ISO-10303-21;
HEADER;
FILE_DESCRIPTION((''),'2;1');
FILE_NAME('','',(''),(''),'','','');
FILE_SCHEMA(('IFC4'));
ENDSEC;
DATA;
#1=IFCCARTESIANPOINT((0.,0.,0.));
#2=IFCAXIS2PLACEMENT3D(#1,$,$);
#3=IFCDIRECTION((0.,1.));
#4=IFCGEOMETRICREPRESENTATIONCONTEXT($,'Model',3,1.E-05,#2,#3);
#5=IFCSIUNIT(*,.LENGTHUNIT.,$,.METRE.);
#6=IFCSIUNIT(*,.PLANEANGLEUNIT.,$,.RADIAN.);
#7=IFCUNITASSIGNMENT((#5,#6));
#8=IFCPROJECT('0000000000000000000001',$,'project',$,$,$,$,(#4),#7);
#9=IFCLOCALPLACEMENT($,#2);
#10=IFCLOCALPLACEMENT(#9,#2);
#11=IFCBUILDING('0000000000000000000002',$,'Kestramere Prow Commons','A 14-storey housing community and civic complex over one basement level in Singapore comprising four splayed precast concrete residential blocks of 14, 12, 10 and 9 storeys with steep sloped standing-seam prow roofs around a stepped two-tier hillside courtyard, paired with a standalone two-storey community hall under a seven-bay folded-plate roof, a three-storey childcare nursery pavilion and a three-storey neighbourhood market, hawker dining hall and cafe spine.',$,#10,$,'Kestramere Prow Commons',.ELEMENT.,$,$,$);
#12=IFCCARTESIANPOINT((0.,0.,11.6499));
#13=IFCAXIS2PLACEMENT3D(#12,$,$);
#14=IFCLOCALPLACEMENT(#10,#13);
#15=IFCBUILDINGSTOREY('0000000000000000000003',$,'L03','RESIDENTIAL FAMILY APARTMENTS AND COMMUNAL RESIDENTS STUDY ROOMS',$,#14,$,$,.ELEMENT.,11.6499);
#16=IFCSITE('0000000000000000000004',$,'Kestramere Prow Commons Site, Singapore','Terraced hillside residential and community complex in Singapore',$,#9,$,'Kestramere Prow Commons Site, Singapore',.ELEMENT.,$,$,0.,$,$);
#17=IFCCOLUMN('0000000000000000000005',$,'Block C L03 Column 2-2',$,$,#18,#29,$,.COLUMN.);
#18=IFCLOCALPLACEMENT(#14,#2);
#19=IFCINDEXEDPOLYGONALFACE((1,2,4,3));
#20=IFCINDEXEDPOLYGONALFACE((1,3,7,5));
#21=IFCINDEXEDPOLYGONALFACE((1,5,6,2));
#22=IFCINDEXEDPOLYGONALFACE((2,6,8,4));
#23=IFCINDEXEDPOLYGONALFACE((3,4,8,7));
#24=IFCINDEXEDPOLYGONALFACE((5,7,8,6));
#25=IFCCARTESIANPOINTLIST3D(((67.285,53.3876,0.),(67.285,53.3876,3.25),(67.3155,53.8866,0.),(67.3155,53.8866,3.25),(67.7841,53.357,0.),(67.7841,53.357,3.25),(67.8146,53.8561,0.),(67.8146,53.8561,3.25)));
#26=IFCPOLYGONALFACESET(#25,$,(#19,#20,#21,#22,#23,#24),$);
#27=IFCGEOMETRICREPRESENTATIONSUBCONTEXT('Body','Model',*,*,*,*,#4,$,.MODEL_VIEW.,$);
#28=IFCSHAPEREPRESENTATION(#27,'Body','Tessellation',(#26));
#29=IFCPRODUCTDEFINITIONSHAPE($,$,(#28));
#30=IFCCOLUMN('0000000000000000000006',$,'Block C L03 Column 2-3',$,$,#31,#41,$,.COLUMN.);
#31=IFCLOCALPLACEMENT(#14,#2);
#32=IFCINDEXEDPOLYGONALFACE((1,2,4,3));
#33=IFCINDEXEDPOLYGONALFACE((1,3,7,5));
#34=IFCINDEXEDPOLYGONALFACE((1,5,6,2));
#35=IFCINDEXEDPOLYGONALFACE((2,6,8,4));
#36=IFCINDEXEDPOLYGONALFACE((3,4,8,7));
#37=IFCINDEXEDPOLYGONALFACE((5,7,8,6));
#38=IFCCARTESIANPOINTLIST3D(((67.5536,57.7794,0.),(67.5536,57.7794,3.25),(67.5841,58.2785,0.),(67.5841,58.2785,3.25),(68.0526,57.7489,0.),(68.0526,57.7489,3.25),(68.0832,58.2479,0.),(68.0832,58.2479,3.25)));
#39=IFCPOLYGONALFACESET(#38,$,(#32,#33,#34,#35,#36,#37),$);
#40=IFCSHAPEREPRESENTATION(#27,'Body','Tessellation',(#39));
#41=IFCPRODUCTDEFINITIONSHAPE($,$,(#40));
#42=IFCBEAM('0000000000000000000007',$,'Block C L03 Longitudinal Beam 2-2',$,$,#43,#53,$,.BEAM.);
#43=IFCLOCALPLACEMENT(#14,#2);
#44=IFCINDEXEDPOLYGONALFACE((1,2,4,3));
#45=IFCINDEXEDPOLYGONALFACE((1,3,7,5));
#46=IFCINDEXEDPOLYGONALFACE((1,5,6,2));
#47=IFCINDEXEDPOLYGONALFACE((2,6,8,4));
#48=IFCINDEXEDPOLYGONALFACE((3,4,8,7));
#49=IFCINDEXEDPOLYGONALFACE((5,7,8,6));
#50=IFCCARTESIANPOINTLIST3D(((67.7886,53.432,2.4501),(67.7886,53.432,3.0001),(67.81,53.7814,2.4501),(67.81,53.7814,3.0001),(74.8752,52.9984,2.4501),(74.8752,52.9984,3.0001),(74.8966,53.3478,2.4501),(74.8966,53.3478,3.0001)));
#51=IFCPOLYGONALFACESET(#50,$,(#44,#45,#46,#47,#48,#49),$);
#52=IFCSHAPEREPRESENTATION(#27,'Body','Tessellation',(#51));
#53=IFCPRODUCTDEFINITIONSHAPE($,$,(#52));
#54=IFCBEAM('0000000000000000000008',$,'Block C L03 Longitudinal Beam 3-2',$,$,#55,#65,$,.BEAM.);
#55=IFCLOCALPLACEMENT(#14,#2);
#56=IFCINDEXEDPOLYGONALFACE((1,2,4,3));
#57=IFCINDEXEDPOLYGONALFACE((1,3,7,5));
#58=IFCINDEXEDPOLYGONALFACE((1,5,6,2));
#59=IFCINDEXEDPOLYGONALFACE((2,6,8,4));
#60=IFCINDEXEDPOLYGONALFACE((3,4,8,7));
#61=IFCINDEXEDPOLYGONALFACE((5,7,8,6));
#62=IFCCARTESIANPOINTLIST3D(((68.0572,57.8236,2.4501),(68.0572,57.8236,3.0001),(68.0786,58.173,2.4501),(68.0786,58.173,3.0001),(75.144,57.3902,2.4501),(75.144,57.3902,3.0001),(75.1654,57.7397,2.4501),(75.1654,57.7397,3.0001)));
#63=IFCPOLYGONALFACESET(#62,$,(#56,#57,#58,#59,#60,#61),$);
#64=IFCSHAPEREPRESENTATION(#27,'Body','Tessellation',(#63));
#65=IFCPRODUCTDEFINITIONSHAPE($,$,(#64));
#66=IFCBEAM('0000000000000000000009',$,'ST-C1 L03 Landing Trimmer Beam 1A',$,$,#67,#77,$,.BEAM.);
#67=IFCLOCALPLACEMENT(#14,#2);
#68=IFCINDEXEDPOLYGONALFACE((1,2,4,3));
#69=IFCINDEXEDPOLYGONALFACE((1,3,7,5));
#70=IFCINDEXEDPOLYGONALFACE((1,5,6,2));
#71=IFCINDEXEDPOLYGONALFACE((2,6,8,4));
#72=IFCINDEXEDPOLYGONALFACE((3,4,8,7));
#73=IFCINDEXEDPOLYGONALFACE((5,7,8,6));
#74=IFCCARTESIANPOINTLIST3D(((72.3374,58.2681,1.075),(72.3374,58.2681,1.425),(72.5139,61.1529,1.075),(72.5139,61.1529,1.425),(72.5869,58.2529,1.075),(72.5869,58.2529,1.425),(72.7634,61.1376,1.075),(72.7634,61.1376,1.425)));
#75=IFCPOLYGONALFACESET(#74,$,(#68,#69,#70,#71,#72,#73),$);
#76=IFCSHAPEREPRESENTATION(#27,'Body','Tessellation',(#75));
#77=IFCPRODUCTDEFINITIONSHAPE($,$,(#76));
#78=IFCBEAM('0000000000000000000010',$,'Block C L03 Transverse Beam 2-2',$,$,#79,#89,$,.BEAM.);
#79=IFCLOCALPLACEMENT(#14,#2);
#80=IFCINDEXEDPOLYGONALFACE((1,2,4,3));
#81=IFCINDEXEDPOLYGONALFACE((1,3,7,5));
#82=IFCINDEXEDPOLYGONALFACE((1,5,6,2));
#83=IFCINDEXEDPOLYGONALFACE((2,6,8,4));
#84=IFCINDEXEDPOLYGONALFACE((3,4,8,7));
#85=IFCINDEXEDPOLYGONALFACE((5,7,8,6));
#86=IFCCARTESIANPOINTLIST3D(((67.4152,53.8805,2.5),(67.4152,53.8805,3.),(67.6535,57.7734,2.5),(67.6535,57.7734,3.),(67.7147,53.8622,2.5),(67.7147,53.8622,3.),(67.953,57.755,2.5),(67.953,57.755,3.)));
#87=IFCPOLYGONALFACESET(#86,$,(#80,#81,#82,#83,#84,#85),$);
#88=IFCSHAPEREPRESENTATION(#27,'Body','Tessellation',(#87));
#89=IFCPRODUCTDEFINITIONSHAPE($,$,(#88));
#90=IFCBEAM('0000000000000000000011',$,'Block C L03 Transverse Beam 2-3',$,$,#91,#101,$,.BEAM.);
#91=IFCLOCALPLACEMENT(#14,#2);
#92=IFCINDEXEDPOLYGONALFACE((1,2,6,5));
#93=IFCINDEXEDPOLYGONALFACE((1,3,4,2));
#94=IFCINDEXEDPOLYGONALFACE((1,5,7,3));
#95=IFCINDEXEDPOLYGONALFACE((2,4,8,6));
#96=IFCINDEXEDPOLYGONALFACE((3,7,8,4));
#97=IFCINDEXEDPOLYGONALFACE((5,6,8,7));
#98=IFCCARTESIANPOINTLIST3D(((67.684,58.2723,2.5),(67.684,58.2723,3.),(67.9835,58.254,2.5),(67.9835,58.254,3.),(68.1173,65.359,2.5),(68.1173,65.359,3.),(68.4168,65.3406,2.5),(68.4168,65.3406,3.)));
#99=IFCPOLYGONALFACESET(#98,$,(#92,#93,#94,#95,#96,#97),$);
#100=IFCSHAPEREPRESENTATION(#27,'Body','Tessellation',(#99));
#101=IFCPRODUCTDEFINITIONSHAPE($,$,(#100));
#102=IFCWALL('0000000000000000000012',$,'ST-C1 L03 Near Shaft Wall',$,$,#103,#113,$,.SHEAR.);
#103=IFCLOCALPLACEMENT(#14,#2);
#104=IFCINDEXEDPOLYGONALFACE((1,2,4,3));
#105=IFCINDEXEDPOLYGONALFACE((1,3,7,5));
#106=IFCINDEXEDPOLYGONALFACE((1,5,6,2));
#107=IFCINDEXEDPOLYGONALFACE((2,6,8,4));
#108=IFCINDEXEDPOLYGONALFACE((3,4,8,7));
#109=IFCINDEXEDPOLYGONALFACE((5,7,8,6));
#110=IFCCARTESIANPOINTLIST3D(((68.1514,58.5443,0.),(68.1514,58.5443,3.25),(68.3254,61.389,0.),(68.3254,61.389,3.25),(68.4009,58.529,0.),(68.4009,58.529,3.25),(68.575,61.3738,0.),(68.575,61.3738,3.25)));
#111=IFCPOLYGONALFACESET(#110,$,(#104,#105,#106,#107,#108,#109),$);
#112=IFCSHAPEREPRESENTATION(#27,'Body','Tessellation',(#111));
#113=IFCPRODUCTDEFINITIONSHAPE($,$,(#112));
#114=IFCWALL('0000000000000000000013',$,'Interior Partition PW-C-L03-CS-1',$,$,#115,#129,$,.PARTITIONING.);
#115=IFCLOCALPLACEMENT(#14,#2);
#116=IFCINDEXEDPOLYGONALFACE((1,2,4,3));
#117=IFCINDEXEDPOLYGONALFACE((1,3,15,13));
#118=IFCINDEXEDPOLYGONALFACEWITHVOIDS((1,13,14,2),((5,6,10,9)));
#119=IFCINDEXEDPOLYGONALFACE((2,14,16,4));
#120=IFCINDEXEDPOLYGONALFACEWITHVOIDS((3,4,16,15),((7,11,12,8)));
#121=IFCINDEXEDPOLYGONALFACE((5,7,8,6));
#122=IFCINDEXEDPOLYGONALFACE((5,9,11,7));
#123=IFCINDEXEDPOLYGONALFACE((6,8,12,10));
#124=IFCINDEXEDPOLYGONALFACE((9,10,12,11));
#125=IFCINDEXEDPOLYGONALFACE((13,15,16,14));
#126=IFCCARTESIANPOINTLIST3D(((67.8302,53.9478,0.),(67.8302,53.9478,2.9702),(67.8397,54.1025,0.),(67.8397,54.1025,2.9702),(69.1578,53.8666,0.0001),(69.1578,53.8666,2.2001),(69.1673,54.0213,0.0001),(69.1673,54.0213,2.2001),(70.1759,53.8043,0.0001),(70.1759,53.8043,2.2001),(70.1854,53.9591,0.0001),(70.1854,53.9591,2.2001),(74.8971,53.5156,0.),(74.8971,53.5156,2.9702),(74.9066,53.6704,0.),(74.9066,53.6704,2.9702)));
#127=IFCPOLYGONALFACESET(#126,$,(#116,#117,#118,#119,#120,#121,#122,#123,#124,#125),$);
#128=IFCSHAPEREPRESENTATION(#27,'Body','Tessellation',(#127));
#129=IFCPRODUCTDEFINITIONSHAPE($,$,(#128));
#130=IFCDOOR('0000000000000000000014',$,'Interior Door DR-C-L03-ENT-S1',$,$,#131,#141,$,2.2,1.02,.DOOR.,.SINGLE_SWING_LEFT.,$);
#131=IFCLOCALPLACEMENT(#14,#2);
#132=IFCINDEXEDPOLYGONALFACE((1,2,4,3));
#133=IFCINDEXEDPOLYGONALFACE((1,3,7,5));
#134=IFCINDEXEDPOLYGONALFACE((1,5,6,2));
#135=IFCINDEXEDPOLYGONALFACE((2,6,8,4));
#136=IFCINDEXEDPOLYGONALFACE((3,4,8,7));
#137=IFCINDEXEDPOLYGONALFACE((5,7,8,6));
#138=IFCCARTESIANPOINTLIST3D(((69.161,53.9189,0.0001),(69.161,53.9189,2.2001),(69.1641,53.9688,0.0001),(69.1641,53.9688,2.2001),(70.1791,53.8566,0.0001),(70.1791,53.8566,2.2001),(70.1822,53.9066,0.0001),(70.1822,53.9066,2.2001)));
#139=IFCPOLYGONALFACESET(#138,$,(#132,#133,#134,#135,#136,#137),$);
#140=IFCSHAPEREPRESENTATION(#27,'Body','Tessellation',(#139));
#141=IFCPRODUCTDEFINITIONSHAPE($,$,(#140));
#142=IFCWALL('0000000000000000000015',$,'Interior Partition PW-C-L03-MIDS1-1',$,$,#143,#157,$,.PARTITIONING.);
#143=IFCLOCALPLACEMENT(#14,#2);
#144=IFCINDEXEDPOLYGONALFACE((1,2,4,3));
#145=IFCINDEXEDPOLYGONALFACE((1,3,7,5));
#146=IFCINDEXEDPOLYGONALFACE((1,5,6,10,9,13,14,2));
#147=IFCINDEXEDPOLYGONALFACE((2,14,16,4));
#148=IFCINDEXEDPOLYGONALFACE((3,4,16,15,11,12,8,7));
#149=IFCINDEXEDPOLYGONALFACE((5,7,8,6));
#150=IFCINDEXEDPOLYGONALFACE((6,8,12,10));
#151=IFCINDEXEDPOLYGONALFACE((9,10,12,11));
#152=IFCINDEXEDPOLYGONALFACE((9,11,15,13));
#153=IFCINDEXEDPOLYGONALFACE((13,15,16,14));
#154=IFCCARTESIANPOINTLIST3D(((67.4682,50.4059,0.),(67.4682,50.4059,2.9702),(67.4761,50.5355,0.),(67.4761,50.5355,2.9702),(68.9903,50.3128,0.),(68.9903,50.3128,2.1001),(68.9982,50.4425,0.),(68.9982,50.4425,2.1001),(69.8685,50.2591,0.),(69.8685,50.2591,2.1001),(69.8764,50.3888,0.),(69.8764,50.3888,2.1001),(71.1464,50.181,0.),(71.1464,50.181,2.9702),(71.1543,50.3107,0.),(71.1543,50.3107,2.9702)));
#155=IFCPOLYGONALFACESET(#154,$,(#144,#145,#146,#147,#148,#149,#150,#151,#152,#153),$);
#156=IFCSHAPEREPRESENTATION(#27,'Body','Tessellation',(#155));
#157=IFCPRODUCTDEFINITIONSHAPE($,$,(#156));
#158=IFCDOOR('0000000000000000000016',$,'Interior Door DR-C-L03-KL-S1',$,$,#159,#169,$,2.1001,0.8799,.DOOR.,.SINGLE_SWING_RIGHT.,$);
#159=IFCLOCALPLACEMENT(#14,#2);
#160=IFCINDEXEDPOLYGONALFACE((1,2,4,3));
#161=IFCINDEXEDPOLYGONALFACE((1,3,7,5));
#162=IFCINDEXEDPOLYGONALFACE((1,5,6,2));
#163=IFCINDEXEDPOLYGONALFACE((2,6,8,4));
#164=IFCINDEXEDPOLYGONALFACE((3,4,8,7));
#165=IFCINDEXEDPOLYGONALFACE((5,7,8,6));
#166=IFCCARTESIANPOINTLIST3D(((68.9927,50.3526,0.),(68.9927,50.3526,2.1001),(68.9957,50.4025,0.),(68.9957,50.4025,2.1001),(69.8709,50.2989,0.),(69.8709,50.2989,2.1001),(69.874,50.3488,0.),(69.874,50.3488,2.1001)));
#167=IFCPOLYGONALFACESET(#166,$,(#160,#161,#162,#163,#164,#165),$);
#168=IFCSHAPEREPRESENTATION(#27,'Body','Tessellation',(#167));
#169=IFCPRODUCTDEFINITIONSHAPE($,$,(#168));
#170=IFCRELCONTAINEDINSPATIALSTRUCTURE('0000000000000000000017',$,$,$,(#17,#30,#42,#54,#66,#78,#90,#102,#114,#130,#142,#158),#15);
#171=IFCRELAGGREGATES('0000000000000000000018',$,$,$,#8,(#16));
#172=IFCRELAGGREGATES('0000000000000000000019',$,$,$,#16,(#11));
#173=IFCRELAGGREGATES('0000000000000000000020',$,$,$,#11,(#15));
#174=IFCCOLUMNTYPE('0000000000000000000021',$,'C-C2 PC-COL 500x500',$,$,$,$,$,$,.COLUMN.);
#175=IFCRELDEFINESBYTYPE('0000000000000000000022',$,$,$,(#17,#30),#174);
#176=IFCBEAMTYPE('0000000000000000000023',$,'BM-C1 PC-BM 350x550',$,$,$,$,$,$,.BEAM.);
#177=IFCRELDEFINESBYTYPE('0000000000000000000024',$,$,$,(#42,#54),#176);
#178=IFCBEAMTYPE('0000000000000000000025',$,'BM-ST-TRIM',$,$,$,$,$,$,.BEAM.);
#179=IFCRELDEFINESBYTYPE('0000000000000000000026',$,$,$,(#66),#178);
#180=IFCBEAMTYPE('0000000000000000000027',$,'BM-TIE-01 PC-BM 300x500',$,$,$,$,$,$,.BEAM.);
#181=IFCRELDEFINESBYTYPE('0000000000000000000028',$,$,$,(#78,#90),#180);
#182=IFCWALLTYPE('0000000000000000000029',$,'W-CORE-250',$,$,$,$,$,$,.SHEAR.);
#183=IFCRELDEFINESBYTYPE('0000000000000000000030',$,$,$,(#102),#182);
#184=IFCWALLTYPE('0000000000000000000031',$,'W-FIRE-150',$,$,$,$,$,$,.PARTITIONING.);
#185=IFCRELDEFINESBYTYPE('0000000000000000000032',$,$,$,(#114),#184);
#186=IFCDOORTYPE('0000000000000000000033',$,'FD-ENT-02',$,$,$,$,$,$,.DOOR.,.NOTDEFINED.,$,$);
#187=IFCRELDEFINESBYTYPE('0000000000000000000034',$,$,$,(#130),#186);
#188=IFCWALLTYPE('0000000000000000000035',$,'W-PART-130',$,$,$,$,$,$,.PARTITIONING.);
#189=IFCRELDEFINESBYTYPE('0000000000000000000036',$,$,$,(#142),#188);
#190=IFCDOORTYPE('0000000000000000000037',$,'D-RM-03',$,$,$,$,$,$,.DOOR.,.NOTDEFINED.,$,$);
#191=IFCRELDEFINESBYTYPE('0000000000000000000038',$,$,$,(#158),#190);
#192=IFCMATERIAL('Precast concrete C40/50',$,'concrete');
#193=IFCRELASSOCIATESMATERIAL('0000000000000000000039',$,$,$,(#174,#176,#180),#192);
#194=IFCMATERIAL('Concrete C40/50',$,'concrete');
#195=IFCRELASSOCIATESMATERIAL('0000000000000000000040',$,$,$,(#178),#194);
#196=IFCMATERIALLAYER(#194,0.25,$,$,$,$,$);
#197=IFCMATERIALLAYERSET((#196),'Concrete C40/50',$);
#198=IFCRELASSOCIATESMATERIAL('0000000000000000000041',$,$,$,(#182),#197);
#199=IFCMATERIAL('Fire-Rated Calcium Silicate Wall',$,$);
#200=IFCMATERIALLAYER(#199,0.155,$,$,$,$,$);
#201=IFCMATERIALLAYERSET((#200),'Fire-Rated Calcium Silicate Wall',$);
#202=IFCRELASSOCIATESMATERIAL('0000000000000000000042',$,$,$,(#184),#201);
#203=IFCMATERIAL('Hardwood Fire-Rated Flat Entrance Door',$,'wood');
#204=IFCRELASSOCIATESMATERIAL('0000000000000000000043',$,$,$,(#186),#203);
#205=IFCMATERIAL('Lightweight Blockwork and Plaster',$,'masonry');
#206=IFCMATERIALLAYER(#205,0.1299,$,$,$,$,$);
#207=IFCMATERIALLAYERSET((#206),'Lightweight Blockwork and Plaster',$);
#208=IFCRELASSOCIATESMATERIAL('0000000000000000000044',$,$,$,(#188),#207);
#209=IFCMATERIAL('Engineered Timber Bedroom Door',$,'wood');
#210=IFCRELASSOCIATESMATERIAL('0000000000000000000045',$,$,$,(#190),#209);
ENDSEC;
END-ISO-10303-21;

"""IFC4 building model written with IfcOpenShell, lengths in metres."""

from ifc_helpers import new_model, si_unit, direction, frame, frame_2d, origin, origin_2d, place, context, subcontext, project, spatial, rectangle, extrude, material, layer, layer_set, material_profile, profile_set, type_object, element, fill, save


model = new_model("IFC4")

# Units and contexts
model_context = context("Model", 3, precision=1e-05, world=origin(), true_north=direction((0.0, 1.0)))
body_context = subcontext(model_context, "Body", "Model", "MODEL_VIEW")
ifc_project = project(units=[si_unit("LENGTHUNIT", "METRE"), si_unit("PLANEANGLEUNIT", "RADIAN")], contexts=[model_context])

# Site, building, storey
site_placement = place(None, origin())
site = spatial("IfcSite", under=ifc_project, at=site_placement, Name="Kestramere Prow Commons Site, Singapore", Description="Terraced hillside residential and community complex in Singapore", LongName="Kestramere Prow Commons Site, Singapore", CompositionType="ELEMENT", RefElevation=0.0)
building_placement = place(site_placement, origin())
building = spatial("IfcBuilding", under=site, at=building_placement, Name="Kestramere Prow Commons", Description="A 14-storey housing community and civic complex over one basement level in Singapore comprising four splayed precast concrete residential blocks of 14, 12, 10 and 9 storeys with steep sloped standing-seam prow roofs around a stepped two-tier hillside courtyard, paired with a standalone two-storey community hall under a seven-bay folded-plate roof, a three-storey childcare nursery pavilion and a three-storey neighbourhood market, hawker dining hall and cafe spine.", LongName="Kestramere Prow Commons", CompositionType="ELEMENT")
storey_placement = place(building_placement, frame((0.0, 0.0, 11.6499)))
storey = spatial("IfcBuildingStorey", under=building, at=storey_placement, Name="L03", Description="RESIDENTIAL FAMILY APARTMENTS AND COMMUNAL RESIDENTS STUDY ROOMS", CompositionType="ELEMENT", Elevation=11.6499)

# Columns
ifc_material_1 = material(Name="Precast concrete C40/50", Category="concrete")
ifc_material_profile_1 = material_profile(ifc_material_1, rectangle(XDim=0.5, YDim=0.5, at=origin_2d()), Name="PC-COL 500x500")
ifc_profile_set_1 = profile_set([ifc_material_profile_1], Name="Precast concrete C40/50")
column_type = type_object("IfcColumnType", Name="C-C2 PC-COL 500x500", PredefinedType="COLUMN", material=ifc_profile_set_1)
for number, where, z_axis, x_axis, name in (
    (1, (67.5498, 53.6218, 0.0), (0.0, 0.0, 1.0), (0.998135, -0.061049, 0.0), "Block C L03 Column 2-2"),
    (2, (67.8184, 58.0137, 0.0), (0.0, 0.0, 1.0), (0.998135, -0.061049, 0.0), "Block C L03 Column 2-3"),
):
    element("IfcColumn", number, at=place(storey_placement, frame(where, z_axis=z_axis, x_axis=x_axis)), inside=storey, type_object=column_type, Name=name, PredefinedType="COLUMN", context=body_context, shape_type="SweptSolid", body=[
        extrude(rectangle(XDim=0.5, YDim=0.5, at=origin_2d()), origin(), (0.0, 0.0, 1.0), 3.25),
    ])

# Beams
ifc_material_profile_2 = material_profile(ifc_material_1, rectangle(XDim=0.3501, YDim=0.55, at=origin_2d()), Name="PC-BM 350x550")
ifc_profile_set_2 = profile_set([ifc_material_profile_2], Name="Precast concrete C40/50")
beam_type_1 = type_object("IfcBeamType", Name="BM-C1 PC-BM 350x550", PredefinedType="BEAM", material=ifc_profile_set_2)
beam_1_placement = place(storey_placement, frame((67.7993, 53.6067, 2.7251), z_axis=(0.998133, -0.06107, 0.0), x_axis=(0.06107, 0.998133, 0.0)))
element("IfcBeam", 3, at=beam_1_placement, inside=storey, type_object=beam_type_1, Name="Block C L03 Longitudinal Beam 2-2", PredefinedType="BEAM", context=body_context, shape_type="SweptSolid", body=[
    extrude(rectangle(XDim=0.3501, YDim=0.55, at=origin_2d()), origin(), (0.0, 0.0, 1.0), 7.0999),
])
beam_2_placement = place(storey_placement, frame((68.0679, 57.9983, 2.7251), z_axis=(0.998136, -0.061034, 0.0), x_axis=(0.061034, 0.998136, 0.0)))
element("IfcBeam", 4, at=beam_2_placement, inside=storey, type_object=beam_type_1, Name="Block C L03 Longitudinal Beam 3-2", PredefinedType="BEAM", context=body_context, shape_type="SweptSolid", body=[
    extrude(rectangle(XDim=0.3501, YDim=0.55, at=origin_2d()), origin(), (0.0, 0.0, 1.0), 7.1001),
])
ifc_material_2 = material(Name="Concrete C40/50", Category="concrete")
ifc_material_profile_3 = material_profile(ifc_material_2, rectangle(XDim=0.25, YDim=0.3501, at=origin_2d()), Name="PC-BM 250x350")
ifc_profile_set_3 = profile_set([ifc_material_profile_3], Name="Concrete C40/50")
beam_type_2 = type_object("IfcBeamType", Name="BM-ST-TRIM", PredefinedType="BEAM", material=ifc_profile_set_3)
beam_3_placement = place(storey_placement, frame((72.4622, 58.2605, 1.25), z_axis=(0.061074, 0.998133, 0.0), x_axis=(-0.998133, 0.061074, 0.0)))
element("IfcBeam", 5, at=beam_3_placement, inside=storey, type_object=beam_type_2, Name="ST-C1 L03 Landing Trimmer Beam 1A", PredefinedType="BEAM", context=body_context, shape_type="SweptSolid", body=[
    extrude(rectangle(XDim=0.25, YDim=0.3501, at=origin_2d()), origin(), (0.0, 0.0, 1.0), 2.8901),
])
ifc_material_profile_4 = material_profile(ifc_material_1, rectangle(XDim=0.3, YDim=0.5, at=origin_2d()), Name="PC-BM 300x500")
ifc_profile_set_4 = profile_set([ifc_material_profile_4], Name="Precast concrete C40/50")
beam_type_3 = type_object("IfcBeamType", Name="BM-TIE-01 PC-BM 300x500", PredefinedType="BEAM", material=ifc_profile_set_4)
beam_4_placement = place(storey_placement, frame((67.5649, 53.8713, 2.75), z_axis=(0.061096, 0.998132, 0.0), x_axis=(-0.998132, 0.061096, 0.0)))
element("IfcBeam", 6, at=beam_4_placement, inside=storey, type_object=beam_type_3, Name="Block C L03 Transverse Beam 2-2", PredefinedType="BEAM", context=body_context, shape_type="SweptSolid", body=[
    extrude(rectangle(XDim=0.3, YDim=0.5, at=origin_2d()), origin(), (0.0, 0.0, 1.0), 3.9001),
])
beam_5_placement = place(storey_placement, frame((67.8337, 58.2632, 2.75), z_axis=(0.061036, 0.998136, 0.0), x_axis=(-0.998136, 0.061036, 0.0)))
element("IfcBeam", 7, at=beam_5_placement, inside=storey, type_object=beam_type_3, Name="Block C L03 Transverse Beam 2-3", PredefinedType="BEAM", context=body_context, shape_type="SweptSolid", body=[
    extrude(rectangle(XDim=0.3, YDim=0.5, at=origin_2d()), origin(), (0.0, 0.0, 1.0), 7.0999),
])

# Shared definitions
ifc_layer_1 = layer(ifc_material_2, 0.25)
ifc_layer_set_1 = layer_set([ifc_layer_1], Name="Concrete C40/50")
wall_type_1 = type_object("IfcWallType", Name="W-CORE-250", PredefinedType="SHEAR", material=ifc_layer_set_1)

# Wall
wall_1_placement = place(storey_placement, frame((68.2761, 58.5366, 0.0), z_axis=(0.0, 0.0, 1.0), x_axis=(0.061077, 0.998133, 0.0)))
element("IfcWall", 8, at=wall_1_placement, inside=storey, type_object=wall_type_1, Name="ST-C1 L03 Near Shaft Wall", PredefinedType="SHEAR", context=body_context, shape_type="SweptSolid", body=[
    extrude(rectangle(XDim=2.8501, YDim=0.25, at=frame_2d((1.425, 0.0))), origin(), (0.0, 0.0, 1.0), 3.25),
])

# Walls, openings, doors
ifc_material_3 = material(Name="Fire-Rated Calcium Silicate Wall")
ifc_layer_2 = layer(ifc_material_3, 0.155)
ifc_layer_set_2 = layer_set([ifc_layer_2], Name="Fire-Rated Calcium Silicate Wall")
wall_type_2 = type_object("IfcWallType", Name="W-FIRE-150", PredefinedType="PARTITIONING", material=ifc_layer_set_2)
wall_2_placement = place(storey_placement, frame((67.835, 54.0251, 0.0), z_axis=(0.0, 0.0, 1.0), x_axis=(0.998136, -0.061034, 0.0)))
wall_2 = element("IfcWall", 9, at=wall_2_placement, inside=storey, type_object=wall_type_2, Name="Interior Partition PW-C-L03-CS-1", PredefinedType="PARTITIONING", context=body_context, shape_type="SweptSolid", body=[
    extrude(rectangle(XDim=7.0801, YDim=0.155, at=frame_2d((3.54, 0.0))), origin(), (0.0, 0.0, 1.0), 2.9702),
])
opening_1_placement = place(wall_2_placement, frame((1.3301, 0.0, 0.0)))
opening_1 = element("IfcOpeningElement", 10, at=opening_1_placement, cuts=wall_2, PredefinedType="OPENING", context=body_context, shape_type="SweptSolid", body=[
    extrude(rectangle(XDim=1.02, YDim=2.2, at=frame_2d((0.51, 1.1001))), frame((0.0, 0.0925, 0.0), z_axis=(0.0, -1.0, 0.0), x_axis=(1.0, 0.0, 0.0)), (0.0, 0.0, 1.0), 0.1851),
])
ifc_material_4 = material(Name="Hardwood Fire-Rated Flat Entrance Door", Category="wood")
door_type_1 = type_object("IfcDoorType", Name="FD-ENT-02", OperationType="NOTDEFINED", PredefinedType="DOOR", material=ifc_material_4)
door_1_placement = place(opening_1_placement, origin())
door_1 = element("IfcDoor", 11, at=door_1_placement, inside=storey, type_object=door_type_1, Name="Interior Door DR-C-L03-ENT-S1", OperationType="SINGLE_SWING_LEFT", OverallHeight=2.2, OverallWidth=1.02, PredefinedType="DOOR", context=body_context, shape_type="SweptSolid", body=[
    extrude(rectangle(XDim=1.02, YDim=2.2, at=frame_2d((0.51, 1.1001))), frame((0.0, 0.0249, 0.0), z_axis=(0.0, -1.0, 0.0), x_axis=(1.0, 0.0, 0.0)), (0.0, 0.0, 1.0), 0.05),
])
fill(opening_1, door_1)
ifc_material_5 = material(Name="Lightweight Blockwork and Plaster", Category="masonry")
ifc_layer_3 = layer(ifc_material_5, 0.1299)
ifc_layer_set_3 = layer_set([ifc_layer_3], Name="Lightweight Blockwork and Plaster")
wall_type_3 = type_object("IfcWallType", Name="W-PART-130", PredefinedType="PARTITIONING", material=ifc_layer_set_3)
wall_3_placement = place(storey_placement, frame((67.4722, 50.4707, 0.0), z_axis=(0.0, 0.0, 1.0), x_axis=(0.998137, -0.061017, 0.0)))
wall_3 = element("IfcWall", 12, at=wall_3_placement, inside=storey, type_object=wall_type_3, Name="Interior Partition PW-C-L03-MIDS1-1", PredefinedType="PARTITIONING", context=body_context, shape_type="SweptSolid", body=[
    extrude(rectangle(XDim=3.6851, YDim=0.1299, at=frame_2d((1.8425, 0.0))), origin(), (0.0, 0.0, 1.0), 2.9702),
])
opening_2_placement = place(wall_3_placement, frame((1.5249, 0.0, 0.0)))
opening_2 = element("IfcOpeningElement", 13, at=opening_2_placement, cuts=wall_3, PredefinedType="OPENING", context=body_context, shape_type="SweptSolid", body=[
    extrude(rectangle(XDim=0.8799, YDim=2.1001, at=frame_2d((0.4399, 1.05))), frame((0.0, 0.0798, 0.0), z_axis=(0.0, -1.0, 0.0), x_axis=(1.0, 0.0, 0.0)), (0.0, 0.0, 1.0), 0.1599),
])
ifc_material_6 = material(Name="Engineered Timber Bedroom Door", Category="wood")
door_type_2 = type_object("IfcDoorType", Name="D-RM-03", OperationType="NOTDEFINED", PredefinedType="DOOR", material=ifc_material_6)
door_2_placement = place(opening_2_placement, origin())
door_2 = element("IfcDoor", 14, at=door_2_placement, inside=storey, type_object=door_type_2, Name="Interior Door DR-C-L03-KL-S1", OperationType="SINGLE_SWING_RIGHT", OverallHeight=2.1001, OverallWidth=0.8799, PredefinedType="DOOR", context=body_context, shape_type="SweptSolid", body=[
    extrude(rectangle(XDim=0.8799, YDim=2.1001, at=frame_2d((0.4399, 1.05))), frame((0.0, 0.0249, 0.0), z_axis=(0.0, -1.0, 0.0), x_axis=(1.0, 0.0, 0.0)), (0.0, 0.0, 1.0), 0.05),
])
fill(opening_2, door_2)

save(model, "model.ifc")
